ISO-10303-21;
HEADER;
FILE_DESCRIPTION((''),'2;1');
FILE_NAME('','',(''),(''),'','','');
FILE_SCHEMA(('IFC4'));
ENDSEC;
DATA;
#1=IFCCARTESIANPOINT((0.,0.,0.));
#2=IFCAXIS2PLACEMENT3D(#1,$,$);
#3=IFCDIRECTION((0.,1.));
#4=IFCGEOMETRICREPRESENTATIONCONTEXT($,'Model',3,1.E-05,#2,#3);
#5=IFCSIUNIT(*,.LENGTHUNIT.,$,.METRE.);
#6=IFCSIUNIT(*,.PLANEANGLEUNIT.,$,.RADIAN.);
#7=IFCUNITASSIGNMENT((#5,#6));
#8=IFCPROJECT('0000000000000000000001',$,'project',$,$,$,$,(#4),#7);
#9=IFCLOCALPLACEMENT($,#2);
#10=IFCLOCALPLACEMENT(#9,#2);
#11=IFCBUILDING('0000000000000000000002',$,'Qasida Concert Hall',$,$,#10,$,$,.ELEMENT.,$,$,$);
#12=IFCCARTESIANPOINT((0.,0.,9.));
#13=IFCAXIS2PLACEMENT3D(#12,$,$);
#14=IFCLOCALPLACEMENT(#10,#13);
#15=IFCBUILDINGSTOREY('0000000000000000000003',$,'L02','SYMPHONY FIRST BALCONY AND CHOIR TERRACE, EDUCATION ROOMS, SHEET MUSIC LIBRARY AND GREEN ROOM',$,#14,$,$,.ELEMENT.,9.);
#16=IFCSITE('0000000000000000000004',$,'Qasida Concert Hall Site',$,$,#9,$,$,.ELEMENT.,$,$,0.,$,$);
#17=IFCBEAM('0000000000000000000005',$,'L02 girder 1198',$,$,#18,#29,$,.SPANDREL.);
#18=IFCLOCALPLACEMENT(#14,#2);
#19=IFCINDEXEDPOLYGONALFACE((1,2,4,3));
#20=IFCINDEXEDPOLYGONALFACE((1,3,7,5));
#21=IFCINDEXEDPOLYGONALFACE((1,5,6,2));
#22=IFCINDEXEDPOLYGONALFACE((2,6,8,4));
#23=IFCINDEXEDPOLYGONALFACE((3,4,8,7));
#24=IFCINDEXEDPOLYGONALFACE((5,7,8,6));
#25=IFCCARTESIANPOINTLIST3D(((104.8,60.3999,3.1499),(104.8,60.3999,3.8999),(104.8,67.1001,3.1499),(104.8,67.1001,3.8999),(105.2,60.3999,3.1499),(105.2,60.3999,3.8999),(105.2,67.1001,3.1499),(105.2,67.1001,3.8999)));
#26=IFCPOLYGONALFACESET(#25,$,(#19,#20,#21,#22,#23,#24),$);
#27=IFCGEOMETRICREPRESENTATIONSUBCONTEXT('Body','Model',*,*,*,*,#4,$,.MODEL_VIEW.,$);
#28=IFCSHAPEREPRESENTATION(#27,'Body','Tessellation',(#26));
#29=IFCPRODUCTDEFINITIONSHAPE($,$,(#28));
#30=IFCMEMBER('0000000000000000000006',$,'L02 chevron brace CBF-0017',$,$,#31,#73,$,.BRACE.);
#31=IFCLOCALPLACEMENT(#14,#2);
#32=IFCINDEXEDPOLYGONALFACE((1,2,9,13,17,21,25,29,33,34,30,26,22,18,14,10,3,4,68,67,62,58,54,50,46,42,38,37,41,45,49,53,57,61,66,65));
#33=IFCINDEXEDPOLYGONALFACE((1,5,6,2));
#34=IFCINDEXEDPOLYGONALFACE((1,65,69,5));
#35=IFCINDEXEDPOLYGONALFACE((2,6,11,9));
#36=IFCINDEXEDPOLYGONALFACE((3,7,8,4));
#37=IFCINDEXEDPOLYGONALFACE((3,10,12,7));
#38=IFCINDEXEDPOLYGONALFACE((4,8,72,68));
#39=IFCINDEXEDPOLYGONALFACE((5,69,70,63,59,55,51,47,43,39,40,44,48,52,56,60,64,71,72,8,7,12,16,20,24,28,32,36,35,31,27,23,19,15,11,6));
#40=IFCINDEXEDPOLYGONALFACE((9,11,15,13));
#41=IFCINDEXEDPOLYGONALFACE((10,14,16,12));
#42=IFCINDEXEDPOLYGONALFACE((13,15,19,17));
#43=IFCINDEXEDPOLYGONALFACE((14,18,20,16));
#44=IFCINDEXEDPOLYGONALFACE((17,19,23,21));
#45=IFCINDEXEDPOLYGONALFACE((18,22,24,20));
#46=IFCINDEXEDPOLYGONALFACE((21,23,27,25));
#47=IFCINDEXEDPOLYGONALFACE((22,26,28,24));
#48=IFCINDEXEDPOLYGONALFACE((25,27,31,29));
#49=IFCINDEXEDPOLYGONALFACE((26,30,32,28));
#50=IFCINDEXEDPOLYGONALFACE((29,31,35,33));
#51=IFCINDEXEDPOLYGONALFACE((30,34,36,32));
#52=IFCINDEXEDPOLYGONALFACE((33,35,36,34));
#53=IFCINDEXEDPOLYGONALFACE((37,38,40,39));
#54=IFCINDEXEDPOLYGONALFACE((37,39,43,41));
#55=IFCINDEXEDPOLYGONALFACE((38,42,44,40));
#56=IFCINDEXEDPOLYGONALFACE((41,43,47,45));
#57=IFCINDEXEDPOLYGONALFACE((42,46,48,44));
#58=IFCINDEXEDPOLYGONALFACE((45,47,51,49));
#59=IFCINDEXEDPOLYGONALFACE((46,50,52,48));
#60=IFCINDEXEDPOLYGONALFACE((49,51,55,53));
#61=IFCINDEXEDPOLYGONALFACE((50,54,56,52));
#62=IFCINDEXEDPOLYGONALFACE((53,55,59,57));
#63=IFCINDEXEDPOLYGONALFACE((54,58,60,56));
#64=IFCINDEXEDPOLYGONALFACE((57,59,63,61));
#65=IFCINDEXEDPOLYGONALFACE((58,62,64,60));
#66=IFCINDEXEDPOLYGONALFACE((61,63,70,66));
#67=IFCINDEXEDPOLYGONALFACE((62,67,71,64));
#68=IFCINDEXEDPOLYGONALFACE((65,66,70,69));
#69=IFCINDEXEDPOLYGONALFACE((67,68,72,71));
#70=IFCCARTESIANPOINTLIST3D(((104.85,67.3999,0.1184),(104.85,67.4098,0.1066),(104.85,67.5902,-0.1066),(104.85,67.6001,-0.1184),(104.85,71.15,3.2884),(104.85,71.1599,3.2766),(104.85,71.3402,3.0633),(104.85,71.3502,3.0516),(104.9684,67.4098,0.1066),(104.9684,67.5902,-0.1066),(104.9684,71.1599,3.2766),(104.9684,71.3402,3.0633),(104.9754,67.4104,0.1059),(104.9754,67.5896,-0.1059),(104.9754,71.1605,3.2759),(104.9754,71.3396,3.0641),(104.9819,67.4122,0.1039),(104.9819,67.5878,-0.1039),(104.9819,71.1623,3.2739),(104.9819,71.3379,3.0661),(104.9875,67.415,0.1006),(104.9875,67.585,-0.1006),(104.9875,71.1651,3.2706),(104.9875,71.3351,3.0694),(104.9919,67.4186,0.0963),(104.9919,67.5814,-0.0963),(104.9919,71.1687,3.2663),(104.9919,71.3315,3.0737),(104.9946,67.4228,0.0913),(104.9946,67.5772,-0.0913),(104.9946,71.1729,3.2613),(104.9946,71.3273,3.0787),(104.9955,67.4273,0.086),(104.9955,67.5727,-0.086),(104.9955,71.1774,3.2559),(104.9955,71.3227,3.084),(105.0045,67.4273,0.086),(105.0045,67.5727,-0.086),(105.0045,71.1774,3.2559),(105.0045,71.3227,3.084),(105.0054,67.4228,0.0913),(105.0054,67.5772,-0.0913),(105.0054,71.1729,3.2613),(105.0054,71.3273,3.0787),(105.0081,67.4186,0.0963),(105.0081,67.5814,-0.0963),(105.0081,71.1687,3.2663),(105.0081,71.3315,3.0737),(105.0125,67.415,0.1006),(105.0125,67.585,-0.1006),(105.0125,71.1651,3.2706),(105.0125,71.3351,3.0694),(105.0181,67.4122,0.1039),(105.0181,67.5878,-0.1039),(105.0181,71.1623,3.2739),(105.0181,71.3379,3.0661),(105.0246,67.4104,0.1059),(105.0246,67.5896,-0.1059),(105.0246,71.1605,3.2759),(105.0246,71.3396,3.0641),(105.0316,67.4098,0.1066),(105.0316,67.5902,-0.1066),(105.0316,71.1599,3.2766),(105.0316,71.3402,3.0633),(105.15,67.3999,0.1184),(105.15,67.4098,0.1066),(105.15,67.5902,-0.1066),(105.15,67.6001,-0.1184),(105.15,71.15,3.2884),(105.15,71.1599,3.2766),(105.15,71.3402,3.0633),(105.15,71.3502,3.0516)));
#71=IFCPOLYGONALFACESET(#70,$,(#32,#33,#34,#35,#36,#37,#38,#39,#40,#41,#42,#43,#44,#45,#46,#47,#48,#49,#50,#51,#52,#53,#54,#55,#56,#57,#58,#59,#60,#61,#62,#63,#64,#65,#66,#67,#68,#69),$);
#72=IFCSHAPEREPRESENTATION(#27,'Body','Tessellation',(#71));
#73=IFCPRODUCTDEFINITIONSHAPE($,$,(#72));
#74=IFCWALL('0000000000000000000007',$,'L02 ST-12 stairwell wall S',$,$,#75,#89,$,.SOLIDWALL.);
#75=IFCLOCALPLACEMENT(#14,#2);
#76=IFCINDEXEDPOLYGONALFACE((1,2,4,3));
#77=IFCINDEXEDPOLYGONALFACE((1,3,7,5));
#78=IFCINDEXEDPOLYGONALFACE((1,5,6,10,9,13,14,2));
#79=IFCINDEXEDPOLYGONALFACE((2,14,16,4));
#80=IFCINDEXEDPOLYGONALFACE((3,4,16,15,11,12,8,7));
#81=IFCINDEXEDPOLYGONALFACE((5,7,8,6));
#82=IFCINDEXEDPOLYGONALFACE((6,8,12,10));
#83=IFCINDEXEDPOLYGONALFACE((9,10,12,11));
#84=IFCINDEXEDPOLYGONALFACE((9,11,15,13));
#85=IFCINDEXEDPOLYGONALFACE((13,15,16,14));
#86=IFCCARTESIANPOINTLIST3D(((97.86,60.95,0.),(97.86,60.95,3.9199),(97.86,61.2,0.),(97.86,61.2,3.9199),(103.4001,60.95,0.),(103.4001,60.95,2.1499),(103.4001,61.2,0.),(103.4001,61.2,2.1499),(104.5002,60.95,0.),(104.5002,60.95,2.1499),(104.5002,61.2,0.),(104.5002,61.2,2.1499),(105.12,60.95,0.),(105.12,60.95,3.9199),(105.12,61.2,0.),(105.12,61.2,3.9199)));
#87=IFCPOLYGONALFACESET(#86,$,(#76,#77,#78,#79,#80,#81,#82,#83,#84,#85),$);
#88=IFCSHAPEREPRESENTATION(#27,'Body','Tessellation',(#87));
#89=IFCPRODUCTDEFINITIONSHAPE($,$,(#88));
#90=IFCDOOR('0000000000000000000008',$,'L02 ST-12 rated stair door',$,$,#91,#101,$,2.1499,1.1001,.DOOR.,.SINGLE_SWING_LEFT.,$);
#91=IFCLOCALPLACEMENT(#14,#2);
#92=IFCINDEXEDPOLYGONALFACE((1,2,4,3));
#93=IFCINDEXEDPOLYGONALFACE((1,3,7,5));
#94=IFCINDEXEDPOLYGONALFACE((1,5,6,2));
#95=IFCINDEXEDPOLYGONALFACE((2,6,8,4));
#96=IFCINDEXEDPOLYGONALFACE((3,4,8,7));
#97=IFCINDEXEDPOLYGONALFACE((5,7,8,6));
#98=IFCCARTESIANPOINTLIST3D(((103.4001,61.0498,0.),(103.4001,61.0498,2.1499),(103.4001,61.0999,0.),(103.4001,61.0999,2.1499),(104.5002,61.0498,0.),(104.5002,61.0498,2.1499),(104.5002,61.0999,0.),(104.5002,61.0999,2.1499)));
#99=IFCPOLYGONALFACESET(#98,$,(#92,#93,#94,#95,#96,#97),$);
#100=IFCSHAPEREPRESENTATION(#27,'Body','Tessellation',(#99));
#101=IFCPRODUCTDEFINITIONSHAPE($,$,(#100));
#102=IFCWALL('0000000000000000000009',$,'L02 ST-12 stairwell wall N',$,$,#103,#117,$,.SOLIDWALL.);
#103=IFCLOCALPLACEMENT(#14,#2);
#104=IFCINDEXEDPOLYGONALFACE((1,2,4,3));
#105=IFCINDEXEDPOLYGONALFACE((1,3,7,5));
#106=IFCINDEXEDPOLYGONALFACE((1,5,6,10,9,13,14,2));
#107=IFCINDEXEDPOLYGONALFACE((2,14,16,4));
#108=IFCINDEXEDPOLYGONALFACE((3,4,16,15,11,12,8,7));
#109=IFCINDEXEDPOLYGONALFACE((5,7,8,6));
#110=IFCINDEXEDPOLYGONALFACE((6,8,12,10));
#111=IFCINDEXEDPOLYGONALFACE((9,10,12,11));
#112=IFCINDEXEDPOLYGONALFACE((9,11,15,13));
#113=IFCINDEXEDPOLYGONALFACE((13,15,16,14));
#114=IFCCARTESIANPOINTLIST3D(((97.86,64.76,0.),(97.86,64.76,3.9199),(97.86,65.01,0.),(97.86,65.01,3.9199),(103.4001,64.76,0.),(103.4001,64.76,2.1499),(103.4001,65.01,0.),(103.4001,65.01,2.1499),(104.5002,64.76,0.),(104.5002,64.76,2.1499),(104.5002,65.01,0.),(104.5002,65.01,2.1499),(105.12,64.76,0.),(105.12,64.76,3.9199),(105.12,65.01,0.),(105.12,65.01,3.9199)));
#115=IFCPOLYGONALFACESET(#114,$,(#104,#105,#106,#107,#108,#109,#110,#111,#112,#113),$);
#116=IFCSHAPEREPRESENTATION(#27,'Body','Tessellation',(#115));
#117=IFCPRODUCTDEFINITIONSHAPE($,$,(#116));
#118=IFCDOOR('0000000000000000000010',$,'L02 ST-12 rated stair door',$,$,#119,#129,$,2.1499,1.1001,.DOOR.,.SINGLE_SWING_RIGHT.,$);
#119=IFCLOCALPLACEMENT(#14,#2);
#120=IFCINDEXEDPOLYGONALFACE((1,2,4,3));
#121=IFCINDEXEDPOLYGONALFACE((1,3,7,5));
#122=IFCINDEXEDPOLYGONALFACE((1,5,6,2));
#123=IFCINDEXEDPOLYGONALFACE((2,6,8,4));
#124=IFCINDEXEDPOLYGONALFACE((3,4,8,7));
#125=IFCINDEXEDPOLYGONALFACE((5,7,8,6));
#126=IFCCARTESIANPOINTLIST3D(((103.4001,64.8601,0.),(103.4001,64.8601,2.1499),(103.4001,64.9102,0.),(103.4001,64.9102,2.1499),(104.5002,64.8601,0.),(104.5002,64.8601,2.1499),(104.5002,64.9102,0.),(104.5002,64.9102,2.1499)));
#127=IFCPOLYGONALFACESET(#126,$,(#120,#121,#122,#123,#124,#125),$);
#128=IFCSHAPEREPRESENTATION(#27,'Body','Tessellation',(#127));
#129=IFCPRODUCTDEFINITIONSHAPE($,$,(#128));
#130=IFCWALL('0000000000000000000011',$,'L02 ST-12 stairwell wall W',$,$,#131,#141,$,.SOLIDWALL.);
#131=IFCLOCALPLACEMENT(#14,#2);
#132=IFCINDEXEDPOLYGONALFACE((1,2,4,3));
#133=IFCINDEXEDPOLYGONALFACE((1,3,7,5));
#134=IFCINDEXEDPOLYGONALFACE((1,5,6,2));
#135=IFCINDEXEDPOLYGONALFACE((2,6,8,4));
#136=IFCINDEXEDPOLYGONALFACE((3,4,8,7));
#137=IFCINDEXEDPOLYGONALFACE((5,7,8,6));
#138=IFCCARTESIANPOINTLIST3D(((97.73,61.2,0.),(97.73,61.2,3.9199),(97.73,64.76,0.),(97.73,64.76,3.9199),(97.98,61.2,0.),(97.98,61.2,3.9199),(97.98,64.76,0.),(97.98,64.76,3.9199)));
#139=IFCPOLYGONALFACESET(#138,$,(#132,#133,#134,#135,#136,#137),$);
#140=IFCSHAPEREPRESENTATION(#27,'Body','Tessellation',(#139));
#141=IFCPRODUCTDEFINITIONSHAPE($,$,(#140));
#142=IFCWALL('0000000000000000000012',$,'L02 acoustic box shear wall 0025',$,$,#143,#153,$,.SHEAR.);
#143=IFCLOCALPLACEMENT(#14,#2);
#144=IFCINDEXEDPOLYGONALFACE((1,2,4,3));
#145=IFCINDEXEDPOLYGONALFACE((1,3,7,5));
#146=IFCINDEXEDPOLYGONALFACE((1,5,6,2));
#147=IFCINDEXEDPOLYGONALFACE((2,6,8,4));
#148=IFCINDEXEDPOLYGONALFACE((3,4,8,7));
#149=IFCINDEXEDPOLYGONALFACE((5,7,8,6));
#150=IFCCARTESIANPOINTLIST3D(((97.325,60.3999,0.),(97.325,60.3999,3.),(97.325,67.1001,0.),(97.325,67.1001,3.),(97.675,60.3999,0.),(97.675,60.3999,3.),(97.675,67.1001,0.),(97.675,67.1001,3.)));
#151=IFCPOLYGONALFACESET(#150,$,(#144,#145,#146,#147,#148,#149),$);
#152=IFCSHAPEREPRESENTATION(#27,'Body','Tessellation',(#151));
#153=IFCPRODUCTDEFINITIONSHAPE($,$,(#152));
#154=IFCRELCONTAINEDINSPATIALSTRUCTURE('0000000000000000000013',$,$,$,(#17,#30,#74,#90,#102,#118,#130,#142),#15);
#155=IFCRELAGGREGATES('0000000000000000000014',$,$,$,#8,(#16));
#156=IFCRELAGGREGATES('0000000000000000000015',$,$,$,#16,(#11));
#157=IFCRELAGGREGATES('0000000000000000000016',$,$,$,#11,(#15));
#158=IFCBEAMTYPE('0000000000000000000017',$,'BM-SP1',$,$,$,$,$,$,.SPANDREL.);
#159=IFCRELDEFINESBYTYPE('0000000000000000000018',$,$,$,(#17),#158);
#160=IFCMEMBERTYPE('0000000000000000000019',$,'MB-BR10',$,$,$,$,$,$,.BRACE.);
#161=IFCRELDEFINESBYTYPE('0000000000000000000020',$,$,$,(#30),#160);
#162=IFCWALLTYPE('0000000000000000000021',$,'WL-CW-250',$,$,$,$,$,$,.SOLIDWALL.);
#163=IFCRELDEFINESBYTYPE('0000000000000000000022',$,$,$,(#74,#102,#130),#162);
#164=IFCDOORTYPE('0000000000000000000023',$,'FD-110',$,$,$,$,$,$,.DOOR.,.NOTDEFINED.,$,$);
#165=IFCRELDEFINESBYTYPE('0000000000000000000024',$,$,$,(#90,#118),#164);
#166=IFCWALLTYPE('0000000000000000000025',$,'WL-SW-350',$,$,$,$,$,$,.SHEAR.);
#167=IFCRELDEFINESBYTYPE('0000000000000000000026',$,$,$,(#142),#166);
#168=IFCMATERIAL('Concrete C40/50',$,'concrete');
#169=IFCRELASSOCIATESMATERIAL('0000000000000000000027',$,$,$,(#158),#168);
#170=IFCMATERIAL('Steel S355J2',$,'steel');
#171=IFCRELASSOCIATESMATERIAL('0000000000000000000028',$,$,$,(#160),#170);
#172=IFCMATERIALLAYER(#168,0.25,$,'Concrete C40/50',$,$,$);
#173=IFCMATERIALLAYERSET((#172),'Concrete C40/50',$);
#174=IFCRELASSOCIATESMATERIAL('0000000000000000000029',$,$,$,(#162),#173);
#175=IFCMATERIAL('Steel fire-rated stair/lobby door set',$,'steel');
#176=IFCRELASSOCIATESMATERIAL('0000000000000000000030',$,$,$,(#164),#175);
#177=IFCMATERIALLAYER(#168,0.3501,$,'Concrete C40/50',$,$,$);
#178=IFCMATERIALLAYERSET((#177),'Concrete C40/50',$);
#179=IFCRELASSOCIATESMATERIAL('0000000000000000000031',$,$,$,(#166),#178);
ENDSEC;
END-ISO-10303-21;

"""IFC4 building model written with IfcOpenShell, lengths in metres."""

from ifc_helpers import new_model, si_unit, direction, frame, frame_2d, origin, origin_2d, place, context, subcontext, project, spatial, rectangle, i_section, extrude, material, layer, layer_set, material_profile, profile_set, type_object, element, fill, save


model = new_model("IFC4")

# Units and contexts
model_context = context("Model", 3, precision=1e-05, world=origin(), true_north=direction((0.0, 1.0)))
body_context = subcontext(model_context, "Body", "Model", "MODEL_VIEW")
ifc_project = project(units=[si_unit("LENGTHUNIT", "METRE"), si_unit("PLANEANGLEUNIT", "RADIAN")], contexts=[model_context])

# Site, building, storey
site_placement = place(None, origin())
site = spatial("IfcSite", under=ifc_project, at=site_placement, Name="Qasida Concert Hall Site", CompositionType="ELEMENT", RefElevation=0.0)
building_placement = place(site_placement, origin())
building = spatial("IfcBuilding", under=site, at=building_placement, Name="Qasida Concert Hall", CompositionType="ELEMENT")
storey_placement = place(building_placement, frame((0.0, 0.0, 9.0)))
storey = spatial("IfcBuildingStorey", under=building, at=storey_placement, Name="L02", Description="SYMPHONY FIRST BALCONY AND CHOIR TERRACE, EDUCATION ROOMS, SHEET MUSIC LIBRARY AND GREEN ROOM", CompositionType="ELEMENT", Elevation=9.0)

# Beam
ifc_material_1 = material(Name="Steel S355J2", Category="steel")
ifc_material_2 = material(Name="Concrete C40/50", Category="concrete")
ifc_material_profile_1 = material_profile(ifc_material_2, rectangle(XDim=0.3999, YDim=0.75, at=origin_2d()), Name="RC 400x750")
ifc_profile_set_1 = profile_set([ifc_material_profile_1], Name="Concrete C40/50")
beam_type_1 = type_object("IfcBeamType", Name="BM-SP1", PredefinedType="SPANDREL", material=ifc_profile_set_1)
beam_1_placement = place(storey_placement, frame((105.0, 60.3999, 3.5249), z_axis=(0.0, 1.0, 0.0), x_axis=(-1.0, 0.0, 0.0)))
element("IfcBeam", 1, at=beam_1_placement, inside=storey, type_object=beam_type_1, Name="L02 girder 1198", PredefinedType="SPANDREL", context=body_context, shape_type="SweptSolid", body=[
    extrude(rectangle(XDim=0.3999, YDim=0.75, at=origin_2d()), origin(), (0.0, 0.0, 1.0), 6.7002),
])

# Member
ifc_material_profile_2 = material_profile(ifc_material_1, i_section(OverallWidth=0.3, OverallDepth=0.3101, WebThickness=0.009, FlangeThickness=0.0154, FilletRadius=0.0271, at=origin_2d()), Name="HEA 320")
ifc_profile_set_2 = profile_set([ifc_material_profile_2], Name="Steel S355J2")
member_type = type_object("IfcMemberType", Name="MB-BR10", PredefinedType="BRACE", material=ifc_profile_set_2)
member_placement = place(storey_placement, frame((105.0, 67.5, 0.0), z_axis=(0.0, 0.763703, 0.645568), x_axis=(-1.0, 0.0, 0.0)))
element("IfcMember", 2, at=member_placement, inside=storey, type_object=member_type, Name="L02 chevron brace CBF-0017", PredefinedType="BRACE", context=body_context, shape_type="SweptSolid", body=[
    extrude(i_section(OverallWidth=0.3, OverallDepth=0.3101, WebThickness=0.009, FlangeThickness=0.0154, FilletRadius=0.0271, at=origin_2d()), origin(), (0.0, 0.0, 1.0), 4.9104),
])

# Walls, openings, doors
ifc_layer_1 = layer(ifc_material_2, 0.25, Name="Concrete C40/50")
ifc_layer_set_1 = layer_set([ifc_layer_1], Name="Concrete C40/50")
wall_type_1 = type_object("IfcWallType", Name="WL-CW-250", PredefinedType="SOLIDWALL", material=ifc_layer_set_1)
wall_1_placement = place(storey_placement, frame((97.8601, 61.075, 0.0), z_axis=(0.0, 0.0, 1.0), x_axis=(1.0, 0.0, 0.0)))
wall_1 = element("IfcWall", 3, at=wall_1_placement, inside=storey, type_object=wall_type_1, Name="L02 ST-12 stairwell wall S", PredefinedType="SOLIDWALL", context=body_context, shape_type="SweptSolid", body=[
    extrude(rectangle(XDim=7.26, YDim=0.25, at=frame_2d((3.6299, 0.0))), origin(), (0.0, 0.0, 1.0), 3.9199),
])
opening_1_placement = place(wall_1_placement, frame((5.54, 0.0, 0.0)))
opening_1 = element("IfcOpeningElement", 4, at=opening_1_placement, cuts=wall_1, PredefinedType="OPENING", context=body_context, shape_type="SweptSolid", body=[
    extrude(rectangle(XDim=1.1001, YDim=2.1499, at=frame_2d((0.55, 1.075))), frame((0.0, 0.135, 0.0), z_axis=(0.0, -1.0, 0.0), x_axis=(1.0, 0.0, 0.0)), (0.0, 0.0, 1.0), 0.27),
])
ifc_material_3 = material(Name="Steel fire-rated stair/lobby door set", Category="steel")
door_type = type_object("IfcDoorType", Name="FD-110", OperationType="NOTDEFINED", PredefinedType="DOOR", material=ifc_material_3)
door_1_placement = place(opening_1_placement, origin())
door_1 = element("IfcDoor", 5, at=door_1_placement, inside=storey, type_object=door_type, Name="L02 ST-12 rated stair door", OperationType="SINGLE_SWING_LEFT", OverallHeight=2.1499, OverallWidth=1.1001, PredefinedType="DOOR", context=body_context, shape_type="SweptSolid", body=[
    extrude(rectangle(XDim=1.1001, YDim=2.1499, at=frame_2d((0.55, 1.075))), frame((0.0, 0.0249, 0.0), z_axis=(0.0, -1.0, 0.0), x_axis=(1.0, 0.0, 0.0)), (0.0, 0.0, 1.0), 0.05),
])
fill(opening_1, door_1)
wall_2_placement = place(storey_placement, frame((97.8601, 64.885, 0.0), z_axis=(0.0, 0.0, 1.0), x_axis=(1.0, 0.0, 0.0)))
wall_2 = element("IfcWall", 6, at=wall_2_placement, inside=storey, type_object=wall_type_1, Name="L02 ST-12 stairwell wall N", PredefinedType="SOLIDWALL", context=body_context, shape_type="SweptSolid", body=[
    extrude(rectangle(XDim=7.26, YDim=0.25, at=frame_2d((3.6299, 0.0))), origin(), (0.0, 0.0, 1.0), 3.9199),
])
opening_2_placement = place(wall_2_placement, frame((5.54, 0.0, 0.0)))
opening_2 = element("IfcOpeningElement", 7, at=opening_2_placement, cuts=wall_2, PredefinedType="OPENING", context=body_context, shape_type="SweptSolid", body=[
    extrude(rectangle(XDim=1.1001, YDim=2.1499, at=frame_2d((0.55, 1.075))), frame((0.0, 0.135, 0.0), z_axis=(0.0, -1.0, 0.0), x_axis=(1.0, 0.0, 0.0)), (0.0, 0.0, 1.0), 0.27),
])
door_2_placement = place(opening_2_placement, frame((1.1001, 0.0, 0.0), z_axis=(0.0, 0.0, 1.0), x_axis=(-1.0, 0.0, 0.0)))
door_2 = element("IfcDoor", 8, at=door_2_placement, inside=storey, type_object=door_type, Name="L02 ST-12 rated stair door", OperationType="SINGLE_SWING_RIGHT", OverallHeight=2.1499, OverallWidth=1.1001, PredefinedType="DOOR", context=body_context, shape_type="SweptSolid", body=[
    extrude(rectangle(XDim=1.1001, YDim=2.1499, at=frame_2d((0.55, 1.075))), frame((0.0, 0.0249, 0.0), z_axis=(0.0, -1.0, 0.0), x_axis=(1.0, 0.0, 0.0)), (0.0, 0.0, 1.0), 0.05),
])
fill(opening_2, door_2)

# Walls
wall_3_placement = place(storey_placement, frame((97.855, 61.2, 0.0), z_axis=(0.0, 0.0, 1.0), x_axis=(0.0, 1.0, 0.0)))
element("IfcWall", 9, at=wall_3_placement, inside=storey, type_object=wall_type_1, Name="L02 ST-12 stairwell wall W", PredefinedType="SOLIDWALL", context=body_context, shape_type="SweptSolid", body=[
    extrude(rectangle(XDim=3.5601, YDim=0.25, at=frame_2d((1.78, 0.0))), origin(), (0.0, 0.0, 1.0), 3.9199),
])
ifc_layer_2 = layer(ifc_material_2, 0.3501, Name="Concrete C40/50")
ifc_layer_set_2 = layer_set([ifc_layer_2], Name="Concrete C40/50")
wall_type_2 = type_object("IfcWallType", Name="WL-SW-350", PredefinedType="SHEAR", material=ifc_layer_set_2)
wall_4_placement = place(storey_placement, frame((97.5, 60.3999, 0.0), z_axis=(0.0, 0.0, 1.0), x_axis=(0.0, 1.0, 0.0)))
element("IfcWall", 10, at=wall_4_placement, inside=storey, type_object=wall_type_2, Name="L02 acoustic box shear wall 0025", PredefinedType="SHEAR", context=body_context, shape_type="SweptSolid", body=[
    extrude(rectangle(XDim=6.7002, YDim=0.3501, at=frame_2d((3.3501, 0.0))), origin(), (0.0, 0.0, 1.0), 3.0),
])

save(model, "model.ifc")
